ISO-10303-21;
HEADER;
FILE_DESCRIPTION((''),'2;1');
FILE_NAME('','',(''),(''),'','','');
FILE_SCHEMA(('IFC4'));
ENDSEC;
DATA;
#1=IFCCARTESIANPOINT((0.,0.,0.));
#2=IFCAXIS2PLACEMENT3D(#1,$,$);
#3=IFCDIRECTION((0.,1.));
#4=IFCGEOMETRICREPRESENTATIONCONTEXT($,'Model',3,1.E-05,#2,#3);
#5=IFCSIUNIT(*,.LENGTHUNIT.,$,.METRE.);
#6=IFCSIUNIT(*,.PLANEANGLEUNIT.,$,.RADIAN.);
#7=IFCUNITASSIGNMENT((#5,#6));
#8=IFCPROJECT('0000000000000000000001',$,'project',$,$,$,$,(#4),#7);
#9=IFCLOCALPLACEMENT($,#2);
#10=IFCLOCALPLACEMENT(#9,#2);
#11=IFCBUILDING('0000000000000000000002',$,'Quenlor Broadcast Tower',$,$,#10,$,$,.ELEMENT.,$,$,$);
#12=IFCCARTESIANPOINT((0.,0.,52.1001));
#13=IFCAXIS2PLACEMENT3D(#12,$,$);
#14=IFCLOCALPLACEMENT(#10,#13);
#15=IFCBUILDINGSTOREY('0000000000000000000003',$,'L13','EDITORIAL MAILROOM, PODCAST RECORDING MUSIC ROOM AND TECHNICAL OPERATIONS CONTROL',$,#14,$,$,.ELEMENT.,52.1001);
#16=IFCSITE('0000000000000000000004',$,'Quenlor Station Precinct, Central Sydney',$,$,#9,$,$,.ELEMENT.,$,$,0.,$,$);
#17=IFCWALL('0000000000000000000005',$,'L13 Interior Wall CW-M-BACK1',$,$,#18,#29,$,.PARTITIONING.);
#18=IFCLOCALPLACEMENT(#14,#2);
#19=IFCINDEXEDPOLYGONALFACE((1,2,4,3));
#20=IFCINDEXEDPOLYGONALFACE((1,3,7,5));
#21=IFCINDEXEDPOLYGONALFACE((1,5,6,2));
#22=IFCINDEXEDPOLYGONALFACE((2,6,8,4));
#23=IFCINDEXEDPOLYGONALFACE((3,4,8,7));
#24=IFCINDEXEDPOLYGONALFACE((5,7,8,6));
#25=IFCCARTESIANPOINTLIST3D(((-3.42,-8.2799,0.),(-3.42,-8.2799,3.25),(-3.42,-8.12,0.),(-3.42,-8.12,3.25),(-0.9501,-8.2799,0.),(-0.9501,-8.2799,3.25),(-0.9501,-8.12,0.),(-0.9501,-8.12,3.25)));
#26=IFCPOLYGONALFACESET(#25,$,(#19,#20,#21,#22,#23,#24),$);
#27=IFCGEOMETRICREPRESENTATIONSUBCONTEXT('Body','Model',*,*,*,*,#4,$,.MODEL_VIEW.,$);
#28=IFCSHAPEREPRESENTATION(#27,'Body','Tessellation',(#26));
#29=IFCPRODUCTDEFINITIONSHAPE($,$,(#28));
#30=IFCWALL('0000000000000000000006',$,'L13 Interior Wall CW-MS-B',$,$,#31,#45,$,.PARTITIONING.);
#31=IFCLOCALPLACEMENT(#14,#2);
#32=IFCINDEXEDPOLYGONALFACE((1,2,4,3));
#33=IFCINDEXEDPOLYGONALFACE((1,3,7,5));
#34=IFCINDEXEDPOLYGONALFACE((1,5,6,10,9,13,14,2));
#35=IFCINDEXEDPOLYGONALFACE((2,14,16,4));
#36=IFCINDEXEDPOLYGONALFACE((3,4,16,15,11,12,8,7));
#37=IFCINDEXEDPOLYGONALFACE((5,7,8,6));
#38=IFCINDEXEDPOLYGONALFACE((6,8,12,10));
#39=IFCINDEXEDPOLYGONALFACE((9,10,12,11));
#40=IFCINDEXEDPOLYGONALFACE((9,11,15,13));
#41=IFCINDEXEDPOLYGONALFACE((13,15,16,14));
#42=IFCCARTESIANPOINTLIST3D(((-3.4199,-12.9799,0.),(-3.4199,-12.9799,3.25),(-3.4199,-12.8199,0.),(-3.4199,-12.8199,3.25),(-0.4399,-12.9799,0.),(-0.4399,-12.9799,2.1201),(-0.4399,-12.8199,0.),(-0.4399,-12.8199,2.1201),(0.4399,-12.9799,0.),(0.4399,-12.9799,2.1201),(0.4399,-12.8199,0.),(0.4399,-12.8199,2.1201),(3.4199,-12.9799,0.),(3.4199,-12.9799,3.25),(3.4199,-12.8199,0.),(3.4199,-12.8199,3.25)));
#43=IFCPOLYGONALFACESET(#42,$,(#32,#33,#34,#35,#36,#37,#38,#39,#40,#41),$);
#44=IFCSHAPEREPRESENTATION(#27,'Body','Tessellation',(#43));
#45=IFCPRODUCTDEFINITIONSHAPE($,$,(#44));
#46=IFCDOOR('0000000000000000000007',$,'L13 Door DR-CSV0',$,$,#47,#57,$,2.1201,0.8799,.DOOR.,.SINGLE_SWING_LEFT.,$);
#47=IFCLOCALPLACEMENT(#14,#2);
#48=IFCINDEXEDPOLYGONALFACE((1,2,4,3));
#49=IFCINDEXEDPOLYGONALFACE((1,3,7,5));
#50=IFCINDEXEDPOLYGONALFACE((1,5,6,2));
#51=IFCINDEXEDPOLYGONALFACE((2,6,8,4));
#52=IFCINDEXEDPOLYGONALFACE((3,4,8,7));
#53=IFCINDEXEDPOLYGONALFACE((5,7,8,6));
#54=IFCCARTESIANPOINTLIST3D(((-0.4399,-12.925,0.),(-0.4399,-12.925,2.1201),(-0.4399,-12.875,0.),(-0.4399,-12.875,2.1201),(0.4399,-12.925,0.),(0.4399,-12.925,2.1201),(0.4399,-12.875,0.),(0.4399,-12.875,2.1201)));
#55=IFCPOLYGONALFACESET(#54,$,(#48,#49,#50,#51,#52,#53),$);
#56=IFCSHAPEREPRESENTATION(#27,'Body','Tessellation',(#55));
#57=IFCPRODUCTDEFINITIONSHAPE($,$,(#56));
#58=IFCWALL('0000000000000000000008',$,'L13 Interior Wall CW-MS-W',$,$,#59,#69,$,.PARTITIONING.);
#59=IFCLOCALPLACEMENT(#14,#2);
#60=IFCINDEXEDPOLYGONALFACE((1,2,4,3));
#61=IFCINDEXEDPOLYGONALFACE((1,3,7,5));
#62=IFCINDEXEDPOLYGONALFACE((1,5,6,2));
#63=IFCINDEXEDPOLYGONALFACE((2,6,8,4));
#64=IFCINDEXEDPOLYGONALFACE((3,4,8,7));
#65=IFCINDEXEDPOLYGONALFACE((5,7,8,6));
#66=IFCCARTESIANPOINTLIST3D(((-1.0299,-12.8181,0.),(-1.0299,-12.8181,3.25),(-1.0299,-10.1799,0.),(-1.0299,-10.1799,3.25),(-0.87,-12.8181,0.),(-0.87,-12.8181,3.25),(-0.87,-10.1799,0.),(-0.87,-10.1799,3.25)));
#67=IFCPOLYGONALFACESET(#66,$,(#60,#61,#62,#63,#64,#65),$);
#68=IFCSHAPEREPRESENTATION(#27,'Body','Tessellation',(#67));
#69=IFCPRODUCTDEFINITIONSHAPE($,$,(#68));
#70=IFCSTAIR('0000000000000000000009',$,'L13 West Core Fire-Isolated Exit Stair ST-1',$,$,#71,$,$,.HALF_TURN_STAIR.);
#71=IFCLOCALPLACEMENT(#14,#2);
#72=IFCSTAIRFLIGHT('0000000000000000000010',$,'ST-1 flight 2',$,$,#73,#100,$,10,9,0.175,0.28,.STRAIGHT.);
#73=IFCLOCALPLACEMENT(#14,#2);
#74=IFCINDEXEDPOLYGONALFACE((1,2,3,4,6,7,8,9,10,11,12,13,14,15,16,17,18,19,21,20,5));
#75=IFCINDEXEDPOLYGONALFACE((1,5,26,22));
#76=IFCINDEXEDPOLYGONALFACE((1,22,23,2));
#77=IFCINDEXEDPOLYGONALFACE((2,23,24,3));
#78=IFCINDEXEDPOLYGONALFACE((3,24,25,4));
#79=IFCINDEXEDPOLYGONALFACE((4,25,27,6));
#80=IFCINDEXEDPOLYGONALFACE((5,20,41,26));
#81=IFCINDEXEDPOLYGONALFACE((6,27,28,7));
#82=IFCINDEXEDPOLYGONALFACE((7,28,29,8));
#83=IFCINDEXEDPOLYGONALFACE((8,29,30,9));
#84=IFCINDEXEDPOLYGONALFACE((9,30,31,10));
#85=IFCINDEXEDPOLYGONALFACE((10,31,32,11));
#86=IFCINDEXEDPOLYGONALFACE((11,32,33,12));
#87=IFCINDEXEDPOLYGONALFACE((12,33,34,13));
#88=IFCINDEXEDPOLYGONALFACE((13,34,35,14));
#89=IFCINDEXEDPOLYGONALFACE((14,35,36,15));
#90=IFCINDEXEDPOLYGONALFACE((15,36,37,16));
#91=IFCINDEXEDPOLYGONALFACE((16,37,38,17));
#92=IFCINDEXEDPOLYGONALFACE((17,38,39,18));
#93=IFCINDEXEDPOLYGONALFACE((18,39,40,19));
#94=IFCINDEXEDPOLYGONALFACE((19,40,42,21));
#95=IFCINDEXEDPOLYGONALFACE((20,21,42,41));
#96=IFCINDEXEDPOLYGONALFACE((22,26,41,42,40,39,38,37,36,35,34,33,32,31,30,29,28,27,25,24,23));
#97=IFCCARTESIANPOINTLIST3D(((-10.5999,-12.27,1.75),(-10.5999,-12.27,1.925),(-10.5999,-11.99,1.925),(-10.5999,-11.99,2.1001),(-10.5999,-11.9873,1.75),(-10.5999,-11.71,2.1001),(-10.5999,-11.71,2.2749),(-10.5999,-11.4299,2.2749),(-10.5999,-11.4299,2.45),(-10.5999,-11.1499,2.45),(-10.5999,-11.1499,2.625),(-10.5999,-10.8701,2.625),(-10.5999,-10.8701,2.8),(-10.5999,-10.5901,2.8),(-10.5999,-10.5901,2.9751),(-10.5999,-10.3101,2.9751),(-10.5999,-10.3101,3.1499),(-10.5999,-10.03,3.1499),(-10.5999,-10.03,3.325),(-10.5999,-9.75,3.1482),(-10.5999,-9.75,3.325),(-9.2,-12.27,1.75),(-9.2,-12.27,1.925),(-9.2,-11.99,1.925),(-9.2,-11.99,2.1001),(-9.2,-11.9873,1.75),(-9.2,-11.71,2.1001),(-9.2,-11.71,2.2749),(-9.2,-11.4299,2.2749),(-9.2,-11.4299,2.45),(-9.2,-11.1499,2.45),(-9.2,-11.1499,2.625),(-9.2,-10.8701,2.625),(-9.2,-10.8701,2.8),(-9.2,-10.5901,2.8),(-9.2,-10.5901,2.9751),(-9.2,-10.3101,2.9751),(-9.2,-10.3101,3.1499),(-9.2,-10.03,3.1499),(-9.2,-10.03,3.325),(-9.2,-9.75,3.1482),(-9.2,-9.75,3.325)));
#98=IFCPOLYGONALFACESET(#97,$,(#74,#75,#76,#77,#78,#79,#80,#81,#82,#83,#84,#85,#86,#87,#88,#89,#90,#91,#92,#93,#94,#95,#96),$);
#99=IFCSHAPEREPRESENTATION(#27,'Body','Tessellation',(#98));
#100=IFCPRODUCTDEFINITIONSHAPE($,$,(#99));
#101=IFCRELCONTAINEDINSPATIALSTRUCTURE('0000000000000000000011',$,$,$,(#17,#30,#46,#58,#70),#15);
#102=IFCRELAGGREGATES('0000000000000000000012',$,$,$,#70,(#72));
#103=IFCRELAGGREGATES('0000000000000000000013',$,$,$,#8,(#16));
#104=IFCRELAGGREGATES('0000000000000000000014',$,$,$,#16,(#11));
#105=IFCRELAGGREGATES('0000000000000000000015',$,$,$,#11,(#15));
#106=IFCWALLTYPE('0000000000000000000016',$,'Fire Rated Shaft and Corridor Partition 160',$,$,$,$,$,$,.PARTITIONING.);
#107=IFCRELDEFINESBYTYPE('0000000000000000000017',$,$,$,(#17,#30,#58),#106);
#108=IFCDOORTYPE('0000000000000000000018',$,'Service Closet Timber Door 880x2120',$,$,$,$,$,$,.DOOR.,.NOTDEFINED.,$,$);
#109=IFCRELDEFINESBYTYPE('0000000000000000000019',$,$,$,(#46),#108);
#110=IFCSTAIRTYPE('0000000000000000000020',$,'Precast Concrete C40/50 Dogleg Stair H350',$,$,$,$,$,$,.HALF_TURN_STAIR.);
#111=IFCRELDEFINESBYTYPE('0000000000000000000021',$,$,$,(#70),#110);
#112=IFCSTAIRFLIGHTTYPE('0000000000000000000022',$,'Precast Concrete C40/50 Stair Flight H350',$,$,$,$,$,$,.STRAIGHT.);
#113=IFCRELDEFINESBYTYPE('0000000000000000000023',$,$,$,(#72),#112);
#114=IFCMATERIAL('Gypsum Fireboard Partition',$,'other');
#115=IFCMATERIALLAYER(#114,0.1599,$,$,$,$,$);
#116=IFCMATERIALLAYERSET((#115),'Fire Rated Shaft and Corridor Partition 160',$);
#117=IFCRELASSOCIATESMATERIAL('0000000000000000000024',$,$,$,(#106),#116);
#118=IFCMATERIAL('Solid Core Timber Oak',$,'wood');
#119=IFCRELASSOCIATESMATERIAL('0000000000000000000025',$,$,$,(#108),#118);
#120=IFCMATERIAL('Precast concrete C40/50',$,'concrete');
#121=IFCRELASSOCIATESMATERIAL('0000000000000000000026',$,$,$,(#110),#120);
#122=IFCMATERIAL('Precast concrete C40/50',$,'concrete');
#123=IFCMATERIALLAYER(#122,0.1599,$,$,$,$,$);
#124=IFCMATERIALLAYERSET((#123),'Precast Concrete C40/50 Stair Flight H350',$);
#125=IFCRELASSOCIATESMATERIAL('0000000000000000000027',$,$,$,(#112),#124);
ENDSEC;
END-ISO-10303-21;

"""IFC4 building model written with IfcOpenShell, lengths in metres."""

from ifc_helpers import new_model, si_unit, direction, frame, frame_2d, origin, place, context, subcontext, project, spatial, polyline, rectangle, outline, extrude, material, layer, layer_set, type_object, element, fill, aggregate, save


model = new_model("IFC4")

# Units and contexts
model_context = context("Model", 3, precision=1e-05, world=origin(), true_north=direction((0.0, 1.0)))
body_context = subcontext(model_context, "Body", "Model", "MODEL_VIEW")
ifc_project = project(units=[si_unit("LENGTHUNIT", "METRE"), si_unit("PLANEANGLEUNIT", "RADIAN")], contexts=[model_context])

# Site, building, storey
site_placement = place(None, origin())
site = spatial("IfcSite", under=ifc_project, at=site_placement, Name="Quenlor Station Precinct, Central Sydney", CompositionType="ELEMENT", RefElevation=0.0)
building_placement = place(site_placement, origin())
building = spatial("IfcBuilding", under=site, at=building_placement, Name="Quenlor Broadcast Tower", CompositionType="ELEMENT")
storey_placement = place(building_placement, frame((0.0, 0.0, 52.1001)))
storey = spatial("IfcBuildingStorey", under=building, at=storey_placement, Name="L13", Description="EDITORIAL MAILROOM, PODCAST RECORDING MUSIC ROOM AND TECHNICAL OPERATIONS CONTROL", CompositionType="ELEMENT", Elevation=52.1001)

# Wall
ifc_material_1 = material(Name="Gypsum Fireboard Partition", Category="other")
ifc_layer_1 = layer(ifc_material_1, 0.1599)
ifc_layer_set_1 = layer_set([ifc_layer_1], Name="Fire Rated Shaft and Corridor Partition 160")
wall_type_1 = type_object("IfcWallType", Name="Fire Rated Shaft and Corridor Partition 160", PredefinedType="PARTITIONING", material=ifc_layer_set_1)
wall_1_placement = place(storey_placement, frame((-3.4199, -8.2, 0.0), z_axis=(0.0, 0.0, 1.0), x_axis=(1.0, 0.0, 0.0)))
element("IfcWall", 1, at=wall_1_placement, inside=storey, type_object=wall_type_1, Name="L13 Interior Wall CW-M-BACK1", PredefinedType="PARTITIONING", context=body_context, shape_type="SweptSolid", body=[
    extrude(rectangle(XDim=2.47, YDim=0.1599, at=frame_2d((1.2349, 0.0))), origin(), (0.0, 0.0, 1.0), 3.25),
])

# Wall, opening, door
wall_2_placement = place(storey_placement, frame((-3.4199, -12.8999, 0.0), z_axis=(0.0, 0.0, 1.0), x_axis=(1.0, 0.0, 0.0)))
wall_2 = element("IfcWall", 2, at=wall_2_placement, inside=storey, type_object=wall_type_1, Name="L13 Interior Wall CW-MS-B", PredefinedType="PARTITIONING", context=body_context, shape_type="SweptSolid", body=[
    extrude(rectangle(XDim=6.8398, YDim=0.1599, at=frame_2d((3.4199, 0.0))), origin(), (0.0, 0.0, 1.0), 3.25),
])
opening_1_placement = place(wall_2_placement, frame((2.98, 0.0, 0.0)))
opening_1 = element("IfcOpeningElement", 3, at=opening_1_placement, cuts=wall_2, PredefinedType="OPENING", context=body_context, shape_type="SweptSolid", body=[
    extrude(rectangle(XDim=0.8799, YDim=2.1201, at=frame_2d((0.4399, 1.0601))), frame((0.0, 0.0898, 0.0), z_axis=(0.0, -1.0, 0.0), x_axis=(1.0, 0.0, 0.0)), (0.0, 0.0, 1.0), 0.1799),
])
ifc_material_2 = material(Name="Solid Core Timber Oak", Category="wood")
door_type_1 = type_object("IfcDoorType", Name="Service Closet Timber Door 880x2120", OperationType="NOTDEFINED", PredefinedType="DOOR", material=ifc_material_2)
door_1_placement = place(opening_1_placement, origin())
door_1 = element("IfcDoor", 4, at=door_1_placement, inside=storey, type_object=door_type_1, Name="L13 Door DR-CSV0", OperationType="SINGLE_SWING_LEFT", OverallHeight=2.1201, OverallWidth=0.8799, PredefinedType="DOOR", context=body_context, shape_type="SweptSolid", body=[
    extrude(rectangle(XDim=0.8799, YDim=2.1201, at=frame_2d((0.4399, 1.0601))), frame((0.0, 0.0249, 0.0), z_axis=(0.0, -1.0, 0.0), x_axis=(1.0, 0.0, 0.0)), (0.0, 0.0, 1.0), 0.05),
])
fill(opening_1, door_1)

# Wall
wall_3_placement = place(storey_placement, frame((-0.95, -12.8181, 0.0), z_axis=(0.0, 0.0, 1.0), x_axis=(0.0, 1.0, 0.0)))
element("IfcWall", 5, at=wall_3_placement, inside=storey, type_object=wall_type_1, Name="L13 Interior Wall CW-MS-W", PredefinedType="PARTITIONING", context=body_context, shape_type="SweptSolid", body=[
    extrude(rectangle(XDim=2.6382, YDim=0.1599, at=frame_2d((1.3191, 0.0))), origin(), (0.0, 0.0, 1.0), 3.25),
])

# Stair, stair flight
ifc_material_3 = material(Name="Precast concrete C40/50", Category="concrete")
stair_type = type_object("IfcStairType", Name="Precast Concrete C40/50 Dogleg Stair H350", PredefinedType="HALF_TURN_STAIR", material=ifc_material_3)
stair_placement = place(storey_placement, origin())
stair = element("IfcStair", 6, at=stair_placement, inside=storey, type_object=stair_type, Name="L13 West Core Fire-Isolated Exit Stair ST-1", PredefinedType="HALF_TURN_STAIR")
ifc_material_4 = material(Name="Precast concrete C40/50", Category="concrete")
ifc_layer_2 = layer(ifc_material_4, 0.1599)
ifc_layer_set_2 = layer_set([ifc_layer_2], Name="Precast Concrete C40/50 Stair Flight H350")
stair_flight_type = type_object("IfcStairFlightType", Name="Precast Concrete C40/50 Stair Flight H350", PredefinedType="STRAIGHT", material=ifc_layer_set_2)
stair_flight_placement = place(storey_placement, frame((-9.8999, -12.27, 1.75), z_axis=(0.0, 0.0, 1.0), x_axis=(0.0, 1.0, 0.0)))
stair_flight = element("IfcStairFlight", 7, at=stair_flight_placement, type_object=stair_flight_type, Name="ST-1 flight 2", NumberOfRisers=10, NumberOfTreads=9, PredefinedType="STRAIGHT", RiserHeight=0.175, TreadLength=0.28, context=body_context, shape_type="SweptSolid", body=[
    extrude(outline(polyline([(0.0, 0.0), (0.0, 0.175), (0.28, 0.175), (0.28, 0.3501), (0.5601, 0.3501), (0.5601, 0.5249), (0.8401, 0.5249), (0.8401, 0.7), (1.1201, 0.7), (1.1201, 0.875), (1.3999, 0.875), (1.3999, 1.05), (1.6799, 1.05), (1.6799, 1.2251), (1.96, 1.2251), (1.96, 1.3999), (2.24, 1.3999), (2.24, 1.575), (2.52, 1.575), (2.52, 1.75), (2.52, 1.3982), (0.2827, 0.0), (0.0, 0.0)])), frame((0.0, 0.7, 0.0), z_axis=(0.0, -1.0, 0.0), x_axis=(1.0, 0.0, 0.0)), (0.0, 0.0, 1.0), 1.3999),
])
aggregate(stair, [stair_flight])

save(model, "model.ifc")
